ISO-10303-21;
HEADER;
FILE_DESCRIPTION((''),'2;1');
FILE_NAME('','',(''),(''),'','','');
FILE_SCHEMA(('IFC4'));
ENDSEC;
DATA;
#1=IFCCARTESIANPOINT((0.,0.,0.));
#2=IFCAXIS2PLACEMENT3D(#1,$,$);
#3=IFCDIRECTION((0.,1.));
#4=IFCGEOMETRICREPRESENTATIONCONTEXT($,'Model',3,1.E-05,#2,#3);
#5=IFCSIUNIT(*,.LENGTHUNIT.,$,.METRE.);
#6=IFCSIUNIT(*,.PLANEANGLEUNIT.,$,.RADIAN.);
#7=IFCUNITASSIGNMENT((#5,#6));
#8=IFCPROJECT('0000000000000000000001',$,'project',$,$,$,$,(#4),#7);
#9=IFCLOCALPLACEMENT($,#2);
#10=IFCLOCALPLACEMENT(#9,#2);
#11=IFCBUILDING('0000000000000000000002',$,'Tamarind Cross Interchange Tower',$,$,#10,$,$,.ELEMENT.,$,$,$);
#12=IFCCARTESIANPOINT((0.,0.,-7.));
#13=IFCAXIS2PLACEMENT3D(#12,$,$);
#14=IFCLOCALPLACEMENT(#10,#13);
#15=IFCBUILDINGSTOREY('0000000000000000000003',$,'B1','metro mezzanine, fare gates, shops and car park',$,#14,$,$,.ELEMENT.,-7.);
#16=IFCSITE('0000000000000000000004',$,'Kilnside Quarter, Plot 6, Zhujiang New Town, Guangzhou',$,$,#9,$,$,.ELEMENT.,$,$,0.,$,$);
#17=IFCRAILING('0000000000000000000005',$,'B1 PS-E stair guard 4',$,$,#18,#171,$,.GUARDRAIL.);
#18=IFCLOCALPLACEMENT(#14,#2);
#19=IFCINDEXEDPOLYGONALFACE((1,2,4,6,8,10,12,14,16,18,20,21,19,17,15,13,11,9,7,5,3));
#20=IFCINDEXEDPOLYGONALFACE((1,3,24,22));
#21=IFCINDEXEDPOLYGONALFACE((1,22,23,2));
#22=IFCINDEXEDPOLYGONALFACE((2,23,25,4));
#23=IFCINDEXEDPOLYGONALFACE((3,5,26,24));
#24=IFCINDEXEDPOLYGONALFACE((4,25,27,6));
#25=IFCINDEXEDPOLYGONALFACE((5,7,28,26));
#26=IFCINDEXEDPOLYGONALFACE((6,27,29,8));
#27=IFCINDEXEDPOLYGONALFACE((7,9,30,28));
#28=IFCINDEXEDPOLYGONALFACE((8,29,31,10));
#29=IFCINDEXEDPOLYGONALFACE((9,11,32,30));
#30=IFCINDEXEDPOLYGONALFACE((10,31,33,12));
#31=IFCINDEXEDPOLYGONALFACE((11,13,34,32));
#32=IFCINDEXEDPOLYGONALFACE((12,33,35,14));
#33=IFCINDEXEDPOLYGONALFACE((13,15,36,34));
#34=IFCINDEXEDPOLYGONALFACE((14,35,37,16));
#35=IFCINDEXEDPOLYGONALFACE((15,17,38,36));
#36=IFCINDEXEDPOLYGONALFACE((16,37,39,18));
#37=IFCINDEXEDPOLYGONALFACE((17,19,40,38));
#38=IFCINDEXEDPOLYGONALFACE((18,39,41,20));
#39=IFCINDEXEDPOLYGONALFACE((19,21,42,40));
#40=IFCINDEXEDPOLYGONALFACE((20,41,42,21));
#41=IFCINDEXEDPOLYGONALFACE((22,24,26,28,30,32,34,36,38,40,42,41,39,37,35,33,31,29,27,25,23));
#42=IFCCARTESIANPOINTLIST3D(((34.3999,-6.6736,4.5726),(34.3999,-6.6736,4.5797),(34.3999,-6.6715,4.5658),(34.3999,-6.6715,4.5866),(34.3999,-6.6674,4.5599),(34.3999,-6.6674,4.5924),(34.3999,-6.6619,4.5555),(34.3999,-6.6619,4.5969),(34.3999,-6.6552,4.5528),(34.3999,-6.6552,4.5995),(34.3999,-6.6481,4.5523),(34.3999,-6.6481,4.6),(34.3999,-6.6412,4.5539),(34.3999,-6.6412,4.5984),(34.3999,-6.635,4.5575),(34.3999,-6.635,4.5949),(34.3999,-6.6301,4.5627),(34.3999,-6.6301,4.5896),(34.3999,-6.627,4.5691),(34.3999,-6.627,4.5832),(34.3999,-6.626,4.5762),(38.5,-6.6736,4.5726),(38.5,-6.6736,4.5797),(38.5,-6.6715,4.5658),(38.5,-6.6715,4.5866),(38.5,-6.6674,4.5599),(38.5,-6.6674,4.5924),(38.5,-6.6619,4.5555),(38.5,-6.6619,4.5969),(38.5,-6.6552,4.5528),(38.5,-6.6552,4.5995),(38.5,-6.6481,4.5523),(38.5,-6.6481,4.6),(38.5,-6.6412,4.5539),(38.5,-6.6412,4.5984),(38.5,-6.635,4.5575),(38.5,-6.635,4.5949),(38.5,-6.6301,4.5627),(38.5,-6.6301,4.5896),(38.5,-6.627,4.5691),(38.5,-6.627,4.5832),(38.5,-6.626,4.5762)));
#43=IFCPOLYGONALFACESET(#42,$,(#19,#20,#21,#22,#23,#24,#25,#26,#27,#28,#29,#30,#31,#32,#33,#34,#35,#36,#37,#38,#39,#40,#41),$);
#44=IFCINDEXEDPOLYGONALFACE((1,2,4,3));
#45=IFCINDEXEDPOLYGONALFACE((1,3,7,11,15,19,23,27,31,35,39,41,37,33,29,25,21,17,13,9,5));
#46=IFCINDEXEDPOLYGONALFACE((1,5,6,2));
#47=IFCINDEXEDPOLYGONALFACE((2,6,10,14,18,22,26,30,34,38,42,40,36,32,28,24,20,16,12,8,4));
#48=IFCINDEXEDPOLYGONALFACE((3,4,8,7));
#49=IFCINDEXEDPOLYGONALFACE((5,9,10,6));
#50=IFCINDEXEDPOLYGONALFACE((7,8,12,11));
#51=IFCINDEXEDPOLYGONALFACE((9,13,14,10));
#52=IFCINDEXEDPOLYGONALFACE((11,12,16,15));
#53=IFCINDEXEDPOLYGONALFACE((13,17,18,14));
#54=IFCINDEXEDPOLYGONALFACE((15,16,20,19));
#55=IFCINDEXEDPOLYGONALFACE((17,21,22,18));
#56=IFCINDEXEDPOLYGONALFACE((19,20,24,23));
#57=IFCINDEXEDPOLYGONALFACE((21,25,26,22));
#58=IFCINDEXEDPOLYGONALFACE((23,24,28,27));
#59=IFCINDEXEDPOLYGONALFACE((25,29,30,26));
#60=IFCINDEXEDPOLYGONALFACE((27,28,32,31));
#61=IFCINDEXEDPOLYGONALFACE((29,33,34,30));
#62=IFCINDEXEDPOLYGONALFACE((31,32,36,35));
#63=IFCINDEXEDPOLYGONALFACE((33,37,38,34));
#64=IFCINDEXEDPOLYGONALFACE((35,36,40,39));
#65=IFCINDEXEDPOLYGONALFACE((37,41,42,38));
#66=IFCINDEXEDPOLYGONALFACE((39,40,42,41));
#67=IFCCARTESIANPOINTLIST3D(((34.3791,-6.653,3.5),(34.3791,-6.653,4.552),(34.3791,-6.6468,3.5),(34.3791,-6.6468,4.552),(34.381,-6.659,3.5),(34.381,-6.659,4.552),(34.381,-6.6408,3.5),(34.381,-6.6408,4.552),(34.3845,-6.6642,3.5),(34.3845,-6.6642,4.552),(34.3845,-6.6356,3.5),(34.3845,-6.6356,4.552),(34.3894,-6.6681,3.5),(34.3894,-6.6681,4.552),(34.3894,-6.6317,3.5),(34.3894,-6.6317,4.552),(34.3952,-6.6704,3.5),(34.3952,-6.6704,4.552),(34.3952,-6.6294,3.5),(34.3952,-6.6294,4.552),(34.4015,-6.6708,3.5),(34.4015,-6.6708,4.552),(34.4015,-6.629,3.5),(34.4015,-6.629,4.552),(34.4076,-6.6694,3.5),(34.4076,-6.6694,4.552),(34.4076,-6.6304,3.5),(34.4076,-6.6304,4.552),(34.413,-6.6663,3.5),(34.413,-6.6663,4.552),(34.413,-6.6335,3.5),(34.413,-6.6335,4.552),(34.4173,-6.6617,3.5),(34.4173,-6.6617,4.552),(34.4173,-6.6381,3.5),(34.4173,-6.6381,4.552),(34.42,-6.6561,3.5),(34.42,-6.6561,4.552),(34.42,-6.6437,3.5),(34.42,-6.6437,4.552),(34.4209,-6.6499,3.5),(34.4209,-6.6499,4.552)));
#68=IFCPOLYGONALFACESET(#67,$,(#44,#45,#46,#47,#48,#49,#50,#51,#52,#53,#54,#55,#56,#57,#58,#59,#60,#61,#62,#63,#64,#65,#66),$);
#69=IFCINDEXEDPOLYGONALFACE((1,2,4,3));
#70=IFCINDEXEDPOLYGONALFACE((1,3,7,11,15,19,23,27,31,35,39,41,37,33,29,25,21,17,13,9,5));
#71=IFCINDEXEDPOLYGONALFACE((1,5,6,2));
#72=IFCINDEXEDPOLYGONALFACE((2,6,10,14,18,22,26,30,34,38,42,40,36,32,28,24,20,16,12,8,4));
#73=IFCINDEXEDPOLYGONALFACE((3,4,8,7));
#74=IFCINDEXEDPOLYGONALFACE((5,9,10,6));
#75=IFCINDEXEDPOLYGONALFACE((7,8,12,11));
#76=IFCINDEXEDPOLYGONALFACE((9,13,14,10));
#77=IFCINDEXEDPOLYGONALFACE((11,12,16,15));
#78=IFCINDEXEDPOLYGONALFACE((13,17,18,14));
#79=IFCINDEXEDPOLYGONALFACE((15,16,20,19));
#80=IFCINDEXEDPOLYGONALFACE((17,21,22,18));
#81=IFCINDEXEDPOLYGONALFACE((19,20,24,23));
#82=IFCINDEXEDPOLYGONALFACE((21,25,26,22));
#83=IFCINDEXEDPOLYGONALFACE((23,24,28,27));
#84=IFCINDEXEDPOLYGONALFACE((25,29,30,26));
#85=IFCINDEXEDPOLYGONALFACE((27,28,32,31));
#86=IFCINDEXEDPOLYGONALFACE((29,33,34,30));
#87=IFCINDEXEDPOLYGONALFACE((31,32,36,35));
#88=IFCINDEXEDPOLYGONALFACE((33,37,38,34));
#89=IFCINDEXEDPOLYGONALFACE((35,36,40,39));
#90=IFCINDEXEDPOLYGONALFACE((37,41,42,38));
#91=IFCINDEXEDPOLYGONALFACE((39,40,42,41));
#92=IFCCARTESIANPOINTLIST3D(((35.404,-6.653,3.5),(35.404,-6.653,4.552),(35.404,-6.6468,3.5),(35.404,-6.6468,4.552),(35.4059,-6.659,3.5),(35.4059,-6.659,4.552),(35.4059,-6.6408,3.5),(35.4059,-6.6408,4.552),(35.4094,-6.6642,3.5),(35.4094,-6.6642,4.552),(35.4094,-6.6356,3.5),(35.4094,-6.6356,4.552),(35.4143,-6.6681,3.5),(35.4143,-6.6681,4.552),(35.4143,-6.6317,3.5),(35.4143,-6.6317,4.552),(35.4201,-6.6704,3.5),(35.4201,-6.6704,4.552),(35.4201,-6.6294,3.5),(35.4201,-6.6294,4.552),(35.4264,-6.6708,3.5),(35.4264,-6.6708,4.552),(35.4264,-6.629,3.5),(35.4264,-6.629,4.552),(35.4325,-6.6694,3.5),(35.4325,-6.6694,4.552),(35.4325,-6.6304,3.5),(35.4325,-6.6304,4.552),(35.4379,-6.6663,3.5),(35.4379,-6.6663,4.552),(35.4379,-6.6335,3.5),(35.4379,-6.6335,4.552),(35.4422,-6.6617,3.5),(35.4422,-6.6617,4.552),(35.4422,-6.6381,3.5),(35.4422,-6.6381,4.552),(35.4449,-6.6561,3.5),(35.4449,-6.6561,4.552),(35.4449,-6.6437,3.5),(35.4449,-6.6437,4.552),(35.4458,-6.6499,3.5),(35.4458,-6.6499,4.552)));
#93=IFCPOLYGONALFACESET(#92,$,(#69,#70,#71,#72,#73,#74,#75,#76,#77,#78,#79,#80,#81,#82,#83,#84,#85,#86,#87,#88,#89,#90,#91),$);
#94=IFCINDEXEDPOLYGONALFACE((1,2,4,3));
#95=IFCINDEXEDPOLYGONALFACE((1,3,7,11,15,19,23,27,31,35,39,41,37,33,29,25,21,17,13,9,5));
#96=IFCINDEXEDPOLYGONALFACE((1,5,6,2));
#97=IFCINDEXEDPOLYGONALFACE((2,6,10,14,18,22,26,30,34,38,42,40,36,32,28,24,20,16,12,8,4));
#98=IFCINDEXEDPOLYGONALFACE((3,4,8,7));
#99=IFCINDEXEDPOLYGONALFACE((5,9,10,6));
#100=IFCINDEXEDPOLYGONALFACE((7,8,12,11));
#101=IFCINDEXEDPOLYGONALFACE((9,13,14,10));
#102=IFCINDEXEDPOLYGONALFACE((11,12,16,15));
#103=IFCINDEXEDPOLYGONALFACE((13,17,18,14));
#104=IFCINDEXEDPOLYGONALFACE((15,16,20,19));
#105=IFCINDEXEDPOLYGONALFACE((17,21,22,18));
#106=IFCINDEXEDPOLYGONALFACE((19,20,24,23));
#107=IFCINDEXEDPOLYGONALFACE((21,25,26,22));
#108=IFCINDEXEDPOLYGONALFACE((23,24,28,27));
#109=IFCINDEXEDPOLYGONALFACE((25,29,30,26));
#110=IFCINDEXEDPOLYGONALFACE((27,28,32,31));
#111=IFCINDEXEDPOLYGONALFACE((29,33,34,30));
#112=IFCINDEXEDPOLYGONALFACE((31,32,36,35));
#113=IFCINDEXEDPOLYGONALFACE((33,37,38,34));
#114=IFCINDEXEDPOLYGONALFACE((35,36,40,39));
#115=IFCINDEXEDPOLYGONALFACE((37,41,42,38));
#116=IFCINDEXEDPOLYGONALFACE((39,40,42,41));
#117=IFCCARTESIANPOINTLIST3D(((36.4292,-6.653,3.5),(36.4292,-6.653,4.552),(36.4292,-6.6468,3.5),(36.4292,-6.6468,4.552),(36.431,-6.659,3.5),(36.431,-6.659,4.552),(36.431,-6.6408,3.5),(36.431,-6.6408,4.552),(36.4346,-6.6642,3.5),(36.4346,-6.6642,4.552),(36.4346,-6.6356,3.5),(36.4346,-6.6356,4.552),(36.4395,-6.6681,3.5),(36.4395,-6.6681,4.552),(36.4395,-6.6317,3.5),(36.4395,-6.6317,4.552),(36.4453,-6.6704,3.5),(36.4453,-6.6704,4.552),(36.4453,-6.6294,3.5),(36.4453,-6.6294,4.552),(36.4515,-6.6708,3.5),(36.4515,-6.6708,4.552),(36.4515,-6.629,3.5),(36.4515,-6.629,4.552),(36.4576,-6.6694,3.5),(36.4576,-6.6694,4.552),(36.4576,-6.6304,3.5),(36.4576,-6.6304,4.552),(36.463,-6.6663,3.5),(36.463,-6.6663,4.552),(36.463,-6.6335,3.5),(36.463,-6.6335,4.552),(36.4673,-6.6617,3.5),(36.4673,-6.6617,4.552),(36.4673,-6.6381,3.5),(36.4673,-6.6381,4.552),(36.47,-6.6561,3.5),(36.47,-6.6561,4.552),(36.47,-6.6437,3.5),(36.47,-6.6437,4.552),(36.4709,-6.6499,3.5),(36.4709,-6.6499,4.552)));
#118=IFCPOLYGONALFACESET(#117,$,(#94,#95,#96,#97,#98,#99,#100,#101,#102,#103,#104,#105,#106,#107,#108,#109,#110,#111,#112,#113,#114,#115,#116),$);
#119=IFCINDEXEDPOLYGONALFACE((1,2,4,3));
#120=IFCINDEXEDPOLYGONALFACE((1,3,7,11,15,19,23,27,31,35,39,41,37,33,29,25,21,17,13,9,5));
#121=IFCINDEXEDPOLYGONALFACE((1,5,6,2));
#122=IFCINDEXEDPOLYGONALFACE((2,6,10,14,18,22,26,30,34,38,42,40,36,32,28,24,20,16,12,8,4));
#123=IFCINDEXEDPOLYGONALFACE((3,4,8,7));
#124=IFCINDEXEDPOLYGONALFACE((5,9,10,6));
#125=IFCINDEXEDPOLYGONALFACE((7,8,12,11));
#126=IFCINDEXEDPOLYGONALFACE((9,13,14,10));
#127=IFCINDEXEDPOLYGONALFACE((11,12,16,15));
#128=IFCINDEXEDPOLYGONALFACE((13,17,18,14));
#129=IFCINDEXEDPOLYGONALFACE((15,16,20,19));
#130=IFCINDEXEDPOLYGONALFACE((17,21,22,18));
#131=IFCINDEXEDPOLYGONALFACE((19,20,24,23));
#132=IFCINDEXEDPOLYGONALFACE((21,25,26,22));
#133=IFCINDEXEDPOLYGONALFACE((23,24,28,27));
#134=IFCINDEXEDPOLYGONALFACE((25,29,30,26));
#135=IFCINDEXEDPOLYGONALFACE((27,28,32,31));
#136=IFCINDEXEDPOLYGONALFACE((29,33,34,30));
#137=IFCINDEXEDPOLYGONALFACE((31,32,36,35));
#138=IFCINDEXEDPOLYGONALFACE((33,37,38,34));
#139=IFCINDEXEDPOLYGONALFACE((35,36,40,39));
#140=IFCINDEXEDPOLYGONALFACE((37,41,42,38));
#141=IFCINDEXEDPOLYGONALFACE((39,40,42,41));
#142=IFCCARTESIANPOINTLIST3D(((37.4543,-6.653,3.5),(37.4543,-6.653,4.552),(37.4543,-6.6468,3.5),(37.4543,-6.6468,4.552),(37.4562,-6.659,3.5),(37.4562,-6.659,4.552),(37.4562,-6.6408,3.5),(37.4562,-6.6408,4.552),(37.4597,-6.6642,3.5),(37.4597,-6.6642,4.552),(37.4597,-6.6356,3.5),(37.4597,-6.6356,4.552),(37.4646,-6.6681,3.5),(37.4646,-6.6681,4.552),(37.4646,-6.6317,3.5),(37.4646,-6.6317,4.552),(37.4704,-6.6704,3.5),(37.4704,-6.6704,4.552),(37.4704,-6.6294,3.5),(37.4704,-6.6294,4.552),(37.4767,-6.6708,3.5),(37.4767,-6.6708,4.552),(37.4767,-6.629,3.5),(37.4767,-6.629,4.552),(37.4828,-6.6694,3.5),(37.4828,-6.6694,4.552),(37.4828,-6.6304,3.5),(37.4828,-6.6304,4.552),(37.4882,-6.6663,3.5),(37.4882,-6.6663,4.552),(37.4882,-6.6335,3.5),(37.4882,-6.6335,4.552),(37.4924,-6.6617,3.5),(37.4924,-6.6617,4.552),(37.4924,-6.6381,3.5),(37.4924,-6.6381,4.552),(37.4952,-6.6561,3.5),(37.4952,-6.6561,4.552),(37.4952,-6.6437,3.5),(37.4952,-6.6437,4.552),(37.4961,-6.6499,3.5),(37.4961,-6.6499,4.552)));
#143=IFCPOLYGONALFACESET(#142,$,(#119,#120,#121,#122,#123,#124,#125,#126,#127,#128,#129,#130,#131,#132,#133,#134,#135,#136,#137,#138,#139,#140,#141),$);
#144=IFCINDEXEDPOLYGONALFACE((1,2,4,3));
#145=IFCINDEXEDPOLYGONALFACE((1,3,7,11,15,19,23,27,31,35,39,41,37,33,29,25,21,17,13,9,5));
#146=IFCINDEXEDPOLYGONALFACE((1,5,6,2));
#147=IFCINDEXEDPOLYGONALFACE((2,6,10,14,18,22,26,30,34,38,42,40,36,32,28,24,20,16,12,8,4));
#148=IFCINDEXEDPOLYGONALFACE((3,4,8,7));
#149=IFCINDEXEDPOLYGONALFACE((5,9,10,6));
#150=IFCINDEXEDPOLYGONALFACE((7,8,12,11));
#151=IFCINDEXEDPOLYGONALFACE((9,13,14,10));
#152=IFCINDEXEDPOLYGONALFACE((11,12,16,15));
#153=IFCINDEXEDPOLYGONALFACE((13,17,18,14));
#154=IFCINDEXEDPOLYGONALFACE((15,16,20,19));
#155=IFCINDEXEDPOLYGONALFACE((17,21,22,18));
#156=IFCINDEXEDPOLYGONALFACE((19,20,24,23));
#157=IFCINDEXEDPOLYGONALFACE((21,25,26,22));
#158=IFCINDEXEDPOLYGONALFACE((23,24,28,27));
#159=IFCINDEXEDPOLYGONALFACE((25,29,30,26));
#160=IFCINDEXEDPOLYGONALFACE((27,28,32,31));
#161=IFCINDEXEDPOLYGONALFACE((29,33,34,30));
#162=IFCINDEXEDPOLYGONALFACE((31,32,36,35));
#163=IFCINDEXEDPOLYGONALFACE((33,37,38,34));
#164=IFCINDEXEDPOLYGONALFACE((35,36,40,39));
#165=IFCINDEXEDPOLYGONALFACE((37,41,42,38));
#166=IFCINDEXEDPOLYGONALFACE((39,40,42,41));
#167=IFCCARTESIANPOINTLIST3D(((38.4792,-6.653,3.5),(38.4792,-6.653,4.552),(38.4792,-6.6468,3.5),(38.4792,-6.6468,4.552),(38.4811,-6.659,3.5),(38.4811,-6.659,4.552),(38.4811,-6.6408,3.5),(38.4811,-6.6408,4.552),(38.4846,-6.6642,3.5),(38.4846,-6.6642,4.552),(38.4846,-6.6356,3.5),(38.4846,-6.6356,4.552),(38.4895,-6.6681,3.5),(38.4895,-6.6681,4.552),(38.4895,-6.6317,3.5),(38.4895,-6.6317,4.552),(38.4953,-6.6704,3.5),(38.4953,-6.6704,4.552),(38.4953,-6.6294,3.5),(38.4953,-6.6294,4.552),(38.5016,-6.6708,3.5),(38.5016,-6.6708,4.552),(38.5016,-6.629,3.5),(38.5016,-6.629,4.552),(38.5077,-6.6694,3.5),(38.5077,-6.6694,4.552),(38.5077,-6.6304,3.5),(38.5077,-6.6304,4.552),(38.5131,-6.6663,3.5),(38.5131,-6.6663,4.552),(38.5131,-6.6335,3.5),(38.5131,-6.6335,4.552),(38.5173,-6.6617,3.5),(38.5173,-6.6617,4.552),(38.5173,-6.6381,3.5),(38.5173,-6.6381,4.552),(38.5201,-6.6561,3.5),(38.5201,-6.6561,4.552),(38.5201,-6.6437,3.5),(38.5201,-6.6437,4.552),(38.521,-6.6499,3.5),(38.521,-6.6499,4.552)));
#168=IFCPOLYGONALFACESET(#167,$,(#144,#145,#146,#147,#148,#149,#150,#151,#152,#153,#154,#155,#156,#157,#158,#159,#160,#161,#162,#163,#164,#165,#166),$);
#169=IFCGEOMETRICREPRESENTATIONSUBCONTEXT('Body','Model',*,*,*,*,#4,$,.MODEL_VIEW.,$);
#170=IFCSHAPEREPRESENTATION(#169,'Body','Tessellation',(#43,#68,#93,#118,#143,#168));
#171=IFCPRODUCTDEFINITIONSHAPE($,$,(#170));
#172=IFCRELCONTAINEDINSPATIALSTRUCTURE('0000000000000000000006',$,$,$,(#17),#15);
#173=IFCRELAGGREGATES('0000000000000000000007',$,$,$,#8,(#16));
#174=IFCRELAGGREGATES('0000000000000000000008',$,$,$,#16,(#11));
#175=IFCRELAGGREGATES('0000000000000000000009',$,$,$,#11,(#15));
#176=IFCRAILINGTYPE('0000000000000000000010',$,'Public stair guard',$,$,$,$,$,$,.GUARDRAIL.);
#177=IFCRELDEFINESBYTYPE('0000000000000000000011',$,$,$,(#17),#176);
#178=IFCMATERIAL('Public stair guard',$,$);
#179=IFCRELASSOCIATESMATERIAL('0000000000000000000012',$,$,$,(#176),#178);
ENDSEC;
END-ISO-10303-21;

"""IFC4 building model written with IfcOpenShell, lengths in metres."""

from ifc_helpers import new_model, si_unit, direction, frame, origin, origin_2d, place, context, subcontext, project, spatial, circle, extrude, material, type_object, element, save


model = new_model("IFC4")

# Units and contexts
model_context = context("Model", 3, precision=1e-05, world=origin(), true_north=direction((0.0, 1.0)))
body_context = subcontext(model_context, "Body", "Model", "MODEL_VIEW")
ifc_project = project(units=[si_unit("LENGTHUNIT", "METRE"), si_unit("PLANEANGLEUNIT", "RADIAN")], contexts=[model_context])

# Site, building, storey
site_placement = place(None, origin())
site = spatial("IfcSite", under=ifc_project, at=site_placement, Name="Kilnside Quarter, Plot 6, Zhujiang New Town, Guangzhou", CompositionType="ELEMENT", RefElevation=0.0)
building_placement = place(site_placement, origin())
building = spatial("IfcBuilding", under=site, at=building_placement, Name="Tamarind Cross Interchange Tower", CompositionType="ELEMENT")
storey_placement = place(building_placement, frame((0.0, 0.0, -7.0)))
storey = spatial("IfcBuildingStorey", under=building, at=storey_placement, Name="B1", Description="metro mezzanine, fare gates, shops and car park", CompositionType="ELEMENT", Elevation=-7.0)

# Railing
ifc_material_1 = material(Name="Public stair guard")
railing_type_1 = type_object("IfcRailingType", Name="Public stair guard", PredefinedType="GUARDRAIL", material=ifc_material_1)
for number, where, name in (
    (1, (34.3999, -6.6499, 3.5), "B1 PS-E stair guard 4"),
):
    element("IfcRailing", number, at=place(storey_placement, frame(where)), inside=storey, type_object=railing_type_1, Name=name, PredefinedType="GUARDRAIL", context=body_context, shape_type="SweptSolid", body=[
        extrude(circle(Radius=0.0239, at=origin_2d()), frame((0.0, 0.0, 1.0762), z_axis=(1.0, 0.0, 0.0), x_axis=(0.0, 1.0, 0.0)), (0.0, 0.0, 1.0), 4.1001),
        extrude(circle(Radius=0.021, at=origin_2d()), origin(), (0.0, 0.0, 1.0), 1.052),
        extrude(circle(Radius=0.021, at=origin_2d()), frame((1.0249, 0.0, 0.0)), (0.0, 0.0, 1.0), 1.052),
        extrude(circle(Radius=0.021, at=origin_2d()), frame((2.05, 0.0, 0.0)), (0.0, 0.0, 1.0), 1.052),
        extrude(circle(Radius=0.021, at=origin_2d()), frame((3.0752, 0.0, 0.0)), (0.0, 0.0, 1.0), 1.052),
        extrude(circle(Radius=0.021, at=origin_2d()), frame((4.1001, 0.0, 0.0)), (0.0, 0.0, 1.0), 1.052),
    ])

save(model, "model.ifc")
